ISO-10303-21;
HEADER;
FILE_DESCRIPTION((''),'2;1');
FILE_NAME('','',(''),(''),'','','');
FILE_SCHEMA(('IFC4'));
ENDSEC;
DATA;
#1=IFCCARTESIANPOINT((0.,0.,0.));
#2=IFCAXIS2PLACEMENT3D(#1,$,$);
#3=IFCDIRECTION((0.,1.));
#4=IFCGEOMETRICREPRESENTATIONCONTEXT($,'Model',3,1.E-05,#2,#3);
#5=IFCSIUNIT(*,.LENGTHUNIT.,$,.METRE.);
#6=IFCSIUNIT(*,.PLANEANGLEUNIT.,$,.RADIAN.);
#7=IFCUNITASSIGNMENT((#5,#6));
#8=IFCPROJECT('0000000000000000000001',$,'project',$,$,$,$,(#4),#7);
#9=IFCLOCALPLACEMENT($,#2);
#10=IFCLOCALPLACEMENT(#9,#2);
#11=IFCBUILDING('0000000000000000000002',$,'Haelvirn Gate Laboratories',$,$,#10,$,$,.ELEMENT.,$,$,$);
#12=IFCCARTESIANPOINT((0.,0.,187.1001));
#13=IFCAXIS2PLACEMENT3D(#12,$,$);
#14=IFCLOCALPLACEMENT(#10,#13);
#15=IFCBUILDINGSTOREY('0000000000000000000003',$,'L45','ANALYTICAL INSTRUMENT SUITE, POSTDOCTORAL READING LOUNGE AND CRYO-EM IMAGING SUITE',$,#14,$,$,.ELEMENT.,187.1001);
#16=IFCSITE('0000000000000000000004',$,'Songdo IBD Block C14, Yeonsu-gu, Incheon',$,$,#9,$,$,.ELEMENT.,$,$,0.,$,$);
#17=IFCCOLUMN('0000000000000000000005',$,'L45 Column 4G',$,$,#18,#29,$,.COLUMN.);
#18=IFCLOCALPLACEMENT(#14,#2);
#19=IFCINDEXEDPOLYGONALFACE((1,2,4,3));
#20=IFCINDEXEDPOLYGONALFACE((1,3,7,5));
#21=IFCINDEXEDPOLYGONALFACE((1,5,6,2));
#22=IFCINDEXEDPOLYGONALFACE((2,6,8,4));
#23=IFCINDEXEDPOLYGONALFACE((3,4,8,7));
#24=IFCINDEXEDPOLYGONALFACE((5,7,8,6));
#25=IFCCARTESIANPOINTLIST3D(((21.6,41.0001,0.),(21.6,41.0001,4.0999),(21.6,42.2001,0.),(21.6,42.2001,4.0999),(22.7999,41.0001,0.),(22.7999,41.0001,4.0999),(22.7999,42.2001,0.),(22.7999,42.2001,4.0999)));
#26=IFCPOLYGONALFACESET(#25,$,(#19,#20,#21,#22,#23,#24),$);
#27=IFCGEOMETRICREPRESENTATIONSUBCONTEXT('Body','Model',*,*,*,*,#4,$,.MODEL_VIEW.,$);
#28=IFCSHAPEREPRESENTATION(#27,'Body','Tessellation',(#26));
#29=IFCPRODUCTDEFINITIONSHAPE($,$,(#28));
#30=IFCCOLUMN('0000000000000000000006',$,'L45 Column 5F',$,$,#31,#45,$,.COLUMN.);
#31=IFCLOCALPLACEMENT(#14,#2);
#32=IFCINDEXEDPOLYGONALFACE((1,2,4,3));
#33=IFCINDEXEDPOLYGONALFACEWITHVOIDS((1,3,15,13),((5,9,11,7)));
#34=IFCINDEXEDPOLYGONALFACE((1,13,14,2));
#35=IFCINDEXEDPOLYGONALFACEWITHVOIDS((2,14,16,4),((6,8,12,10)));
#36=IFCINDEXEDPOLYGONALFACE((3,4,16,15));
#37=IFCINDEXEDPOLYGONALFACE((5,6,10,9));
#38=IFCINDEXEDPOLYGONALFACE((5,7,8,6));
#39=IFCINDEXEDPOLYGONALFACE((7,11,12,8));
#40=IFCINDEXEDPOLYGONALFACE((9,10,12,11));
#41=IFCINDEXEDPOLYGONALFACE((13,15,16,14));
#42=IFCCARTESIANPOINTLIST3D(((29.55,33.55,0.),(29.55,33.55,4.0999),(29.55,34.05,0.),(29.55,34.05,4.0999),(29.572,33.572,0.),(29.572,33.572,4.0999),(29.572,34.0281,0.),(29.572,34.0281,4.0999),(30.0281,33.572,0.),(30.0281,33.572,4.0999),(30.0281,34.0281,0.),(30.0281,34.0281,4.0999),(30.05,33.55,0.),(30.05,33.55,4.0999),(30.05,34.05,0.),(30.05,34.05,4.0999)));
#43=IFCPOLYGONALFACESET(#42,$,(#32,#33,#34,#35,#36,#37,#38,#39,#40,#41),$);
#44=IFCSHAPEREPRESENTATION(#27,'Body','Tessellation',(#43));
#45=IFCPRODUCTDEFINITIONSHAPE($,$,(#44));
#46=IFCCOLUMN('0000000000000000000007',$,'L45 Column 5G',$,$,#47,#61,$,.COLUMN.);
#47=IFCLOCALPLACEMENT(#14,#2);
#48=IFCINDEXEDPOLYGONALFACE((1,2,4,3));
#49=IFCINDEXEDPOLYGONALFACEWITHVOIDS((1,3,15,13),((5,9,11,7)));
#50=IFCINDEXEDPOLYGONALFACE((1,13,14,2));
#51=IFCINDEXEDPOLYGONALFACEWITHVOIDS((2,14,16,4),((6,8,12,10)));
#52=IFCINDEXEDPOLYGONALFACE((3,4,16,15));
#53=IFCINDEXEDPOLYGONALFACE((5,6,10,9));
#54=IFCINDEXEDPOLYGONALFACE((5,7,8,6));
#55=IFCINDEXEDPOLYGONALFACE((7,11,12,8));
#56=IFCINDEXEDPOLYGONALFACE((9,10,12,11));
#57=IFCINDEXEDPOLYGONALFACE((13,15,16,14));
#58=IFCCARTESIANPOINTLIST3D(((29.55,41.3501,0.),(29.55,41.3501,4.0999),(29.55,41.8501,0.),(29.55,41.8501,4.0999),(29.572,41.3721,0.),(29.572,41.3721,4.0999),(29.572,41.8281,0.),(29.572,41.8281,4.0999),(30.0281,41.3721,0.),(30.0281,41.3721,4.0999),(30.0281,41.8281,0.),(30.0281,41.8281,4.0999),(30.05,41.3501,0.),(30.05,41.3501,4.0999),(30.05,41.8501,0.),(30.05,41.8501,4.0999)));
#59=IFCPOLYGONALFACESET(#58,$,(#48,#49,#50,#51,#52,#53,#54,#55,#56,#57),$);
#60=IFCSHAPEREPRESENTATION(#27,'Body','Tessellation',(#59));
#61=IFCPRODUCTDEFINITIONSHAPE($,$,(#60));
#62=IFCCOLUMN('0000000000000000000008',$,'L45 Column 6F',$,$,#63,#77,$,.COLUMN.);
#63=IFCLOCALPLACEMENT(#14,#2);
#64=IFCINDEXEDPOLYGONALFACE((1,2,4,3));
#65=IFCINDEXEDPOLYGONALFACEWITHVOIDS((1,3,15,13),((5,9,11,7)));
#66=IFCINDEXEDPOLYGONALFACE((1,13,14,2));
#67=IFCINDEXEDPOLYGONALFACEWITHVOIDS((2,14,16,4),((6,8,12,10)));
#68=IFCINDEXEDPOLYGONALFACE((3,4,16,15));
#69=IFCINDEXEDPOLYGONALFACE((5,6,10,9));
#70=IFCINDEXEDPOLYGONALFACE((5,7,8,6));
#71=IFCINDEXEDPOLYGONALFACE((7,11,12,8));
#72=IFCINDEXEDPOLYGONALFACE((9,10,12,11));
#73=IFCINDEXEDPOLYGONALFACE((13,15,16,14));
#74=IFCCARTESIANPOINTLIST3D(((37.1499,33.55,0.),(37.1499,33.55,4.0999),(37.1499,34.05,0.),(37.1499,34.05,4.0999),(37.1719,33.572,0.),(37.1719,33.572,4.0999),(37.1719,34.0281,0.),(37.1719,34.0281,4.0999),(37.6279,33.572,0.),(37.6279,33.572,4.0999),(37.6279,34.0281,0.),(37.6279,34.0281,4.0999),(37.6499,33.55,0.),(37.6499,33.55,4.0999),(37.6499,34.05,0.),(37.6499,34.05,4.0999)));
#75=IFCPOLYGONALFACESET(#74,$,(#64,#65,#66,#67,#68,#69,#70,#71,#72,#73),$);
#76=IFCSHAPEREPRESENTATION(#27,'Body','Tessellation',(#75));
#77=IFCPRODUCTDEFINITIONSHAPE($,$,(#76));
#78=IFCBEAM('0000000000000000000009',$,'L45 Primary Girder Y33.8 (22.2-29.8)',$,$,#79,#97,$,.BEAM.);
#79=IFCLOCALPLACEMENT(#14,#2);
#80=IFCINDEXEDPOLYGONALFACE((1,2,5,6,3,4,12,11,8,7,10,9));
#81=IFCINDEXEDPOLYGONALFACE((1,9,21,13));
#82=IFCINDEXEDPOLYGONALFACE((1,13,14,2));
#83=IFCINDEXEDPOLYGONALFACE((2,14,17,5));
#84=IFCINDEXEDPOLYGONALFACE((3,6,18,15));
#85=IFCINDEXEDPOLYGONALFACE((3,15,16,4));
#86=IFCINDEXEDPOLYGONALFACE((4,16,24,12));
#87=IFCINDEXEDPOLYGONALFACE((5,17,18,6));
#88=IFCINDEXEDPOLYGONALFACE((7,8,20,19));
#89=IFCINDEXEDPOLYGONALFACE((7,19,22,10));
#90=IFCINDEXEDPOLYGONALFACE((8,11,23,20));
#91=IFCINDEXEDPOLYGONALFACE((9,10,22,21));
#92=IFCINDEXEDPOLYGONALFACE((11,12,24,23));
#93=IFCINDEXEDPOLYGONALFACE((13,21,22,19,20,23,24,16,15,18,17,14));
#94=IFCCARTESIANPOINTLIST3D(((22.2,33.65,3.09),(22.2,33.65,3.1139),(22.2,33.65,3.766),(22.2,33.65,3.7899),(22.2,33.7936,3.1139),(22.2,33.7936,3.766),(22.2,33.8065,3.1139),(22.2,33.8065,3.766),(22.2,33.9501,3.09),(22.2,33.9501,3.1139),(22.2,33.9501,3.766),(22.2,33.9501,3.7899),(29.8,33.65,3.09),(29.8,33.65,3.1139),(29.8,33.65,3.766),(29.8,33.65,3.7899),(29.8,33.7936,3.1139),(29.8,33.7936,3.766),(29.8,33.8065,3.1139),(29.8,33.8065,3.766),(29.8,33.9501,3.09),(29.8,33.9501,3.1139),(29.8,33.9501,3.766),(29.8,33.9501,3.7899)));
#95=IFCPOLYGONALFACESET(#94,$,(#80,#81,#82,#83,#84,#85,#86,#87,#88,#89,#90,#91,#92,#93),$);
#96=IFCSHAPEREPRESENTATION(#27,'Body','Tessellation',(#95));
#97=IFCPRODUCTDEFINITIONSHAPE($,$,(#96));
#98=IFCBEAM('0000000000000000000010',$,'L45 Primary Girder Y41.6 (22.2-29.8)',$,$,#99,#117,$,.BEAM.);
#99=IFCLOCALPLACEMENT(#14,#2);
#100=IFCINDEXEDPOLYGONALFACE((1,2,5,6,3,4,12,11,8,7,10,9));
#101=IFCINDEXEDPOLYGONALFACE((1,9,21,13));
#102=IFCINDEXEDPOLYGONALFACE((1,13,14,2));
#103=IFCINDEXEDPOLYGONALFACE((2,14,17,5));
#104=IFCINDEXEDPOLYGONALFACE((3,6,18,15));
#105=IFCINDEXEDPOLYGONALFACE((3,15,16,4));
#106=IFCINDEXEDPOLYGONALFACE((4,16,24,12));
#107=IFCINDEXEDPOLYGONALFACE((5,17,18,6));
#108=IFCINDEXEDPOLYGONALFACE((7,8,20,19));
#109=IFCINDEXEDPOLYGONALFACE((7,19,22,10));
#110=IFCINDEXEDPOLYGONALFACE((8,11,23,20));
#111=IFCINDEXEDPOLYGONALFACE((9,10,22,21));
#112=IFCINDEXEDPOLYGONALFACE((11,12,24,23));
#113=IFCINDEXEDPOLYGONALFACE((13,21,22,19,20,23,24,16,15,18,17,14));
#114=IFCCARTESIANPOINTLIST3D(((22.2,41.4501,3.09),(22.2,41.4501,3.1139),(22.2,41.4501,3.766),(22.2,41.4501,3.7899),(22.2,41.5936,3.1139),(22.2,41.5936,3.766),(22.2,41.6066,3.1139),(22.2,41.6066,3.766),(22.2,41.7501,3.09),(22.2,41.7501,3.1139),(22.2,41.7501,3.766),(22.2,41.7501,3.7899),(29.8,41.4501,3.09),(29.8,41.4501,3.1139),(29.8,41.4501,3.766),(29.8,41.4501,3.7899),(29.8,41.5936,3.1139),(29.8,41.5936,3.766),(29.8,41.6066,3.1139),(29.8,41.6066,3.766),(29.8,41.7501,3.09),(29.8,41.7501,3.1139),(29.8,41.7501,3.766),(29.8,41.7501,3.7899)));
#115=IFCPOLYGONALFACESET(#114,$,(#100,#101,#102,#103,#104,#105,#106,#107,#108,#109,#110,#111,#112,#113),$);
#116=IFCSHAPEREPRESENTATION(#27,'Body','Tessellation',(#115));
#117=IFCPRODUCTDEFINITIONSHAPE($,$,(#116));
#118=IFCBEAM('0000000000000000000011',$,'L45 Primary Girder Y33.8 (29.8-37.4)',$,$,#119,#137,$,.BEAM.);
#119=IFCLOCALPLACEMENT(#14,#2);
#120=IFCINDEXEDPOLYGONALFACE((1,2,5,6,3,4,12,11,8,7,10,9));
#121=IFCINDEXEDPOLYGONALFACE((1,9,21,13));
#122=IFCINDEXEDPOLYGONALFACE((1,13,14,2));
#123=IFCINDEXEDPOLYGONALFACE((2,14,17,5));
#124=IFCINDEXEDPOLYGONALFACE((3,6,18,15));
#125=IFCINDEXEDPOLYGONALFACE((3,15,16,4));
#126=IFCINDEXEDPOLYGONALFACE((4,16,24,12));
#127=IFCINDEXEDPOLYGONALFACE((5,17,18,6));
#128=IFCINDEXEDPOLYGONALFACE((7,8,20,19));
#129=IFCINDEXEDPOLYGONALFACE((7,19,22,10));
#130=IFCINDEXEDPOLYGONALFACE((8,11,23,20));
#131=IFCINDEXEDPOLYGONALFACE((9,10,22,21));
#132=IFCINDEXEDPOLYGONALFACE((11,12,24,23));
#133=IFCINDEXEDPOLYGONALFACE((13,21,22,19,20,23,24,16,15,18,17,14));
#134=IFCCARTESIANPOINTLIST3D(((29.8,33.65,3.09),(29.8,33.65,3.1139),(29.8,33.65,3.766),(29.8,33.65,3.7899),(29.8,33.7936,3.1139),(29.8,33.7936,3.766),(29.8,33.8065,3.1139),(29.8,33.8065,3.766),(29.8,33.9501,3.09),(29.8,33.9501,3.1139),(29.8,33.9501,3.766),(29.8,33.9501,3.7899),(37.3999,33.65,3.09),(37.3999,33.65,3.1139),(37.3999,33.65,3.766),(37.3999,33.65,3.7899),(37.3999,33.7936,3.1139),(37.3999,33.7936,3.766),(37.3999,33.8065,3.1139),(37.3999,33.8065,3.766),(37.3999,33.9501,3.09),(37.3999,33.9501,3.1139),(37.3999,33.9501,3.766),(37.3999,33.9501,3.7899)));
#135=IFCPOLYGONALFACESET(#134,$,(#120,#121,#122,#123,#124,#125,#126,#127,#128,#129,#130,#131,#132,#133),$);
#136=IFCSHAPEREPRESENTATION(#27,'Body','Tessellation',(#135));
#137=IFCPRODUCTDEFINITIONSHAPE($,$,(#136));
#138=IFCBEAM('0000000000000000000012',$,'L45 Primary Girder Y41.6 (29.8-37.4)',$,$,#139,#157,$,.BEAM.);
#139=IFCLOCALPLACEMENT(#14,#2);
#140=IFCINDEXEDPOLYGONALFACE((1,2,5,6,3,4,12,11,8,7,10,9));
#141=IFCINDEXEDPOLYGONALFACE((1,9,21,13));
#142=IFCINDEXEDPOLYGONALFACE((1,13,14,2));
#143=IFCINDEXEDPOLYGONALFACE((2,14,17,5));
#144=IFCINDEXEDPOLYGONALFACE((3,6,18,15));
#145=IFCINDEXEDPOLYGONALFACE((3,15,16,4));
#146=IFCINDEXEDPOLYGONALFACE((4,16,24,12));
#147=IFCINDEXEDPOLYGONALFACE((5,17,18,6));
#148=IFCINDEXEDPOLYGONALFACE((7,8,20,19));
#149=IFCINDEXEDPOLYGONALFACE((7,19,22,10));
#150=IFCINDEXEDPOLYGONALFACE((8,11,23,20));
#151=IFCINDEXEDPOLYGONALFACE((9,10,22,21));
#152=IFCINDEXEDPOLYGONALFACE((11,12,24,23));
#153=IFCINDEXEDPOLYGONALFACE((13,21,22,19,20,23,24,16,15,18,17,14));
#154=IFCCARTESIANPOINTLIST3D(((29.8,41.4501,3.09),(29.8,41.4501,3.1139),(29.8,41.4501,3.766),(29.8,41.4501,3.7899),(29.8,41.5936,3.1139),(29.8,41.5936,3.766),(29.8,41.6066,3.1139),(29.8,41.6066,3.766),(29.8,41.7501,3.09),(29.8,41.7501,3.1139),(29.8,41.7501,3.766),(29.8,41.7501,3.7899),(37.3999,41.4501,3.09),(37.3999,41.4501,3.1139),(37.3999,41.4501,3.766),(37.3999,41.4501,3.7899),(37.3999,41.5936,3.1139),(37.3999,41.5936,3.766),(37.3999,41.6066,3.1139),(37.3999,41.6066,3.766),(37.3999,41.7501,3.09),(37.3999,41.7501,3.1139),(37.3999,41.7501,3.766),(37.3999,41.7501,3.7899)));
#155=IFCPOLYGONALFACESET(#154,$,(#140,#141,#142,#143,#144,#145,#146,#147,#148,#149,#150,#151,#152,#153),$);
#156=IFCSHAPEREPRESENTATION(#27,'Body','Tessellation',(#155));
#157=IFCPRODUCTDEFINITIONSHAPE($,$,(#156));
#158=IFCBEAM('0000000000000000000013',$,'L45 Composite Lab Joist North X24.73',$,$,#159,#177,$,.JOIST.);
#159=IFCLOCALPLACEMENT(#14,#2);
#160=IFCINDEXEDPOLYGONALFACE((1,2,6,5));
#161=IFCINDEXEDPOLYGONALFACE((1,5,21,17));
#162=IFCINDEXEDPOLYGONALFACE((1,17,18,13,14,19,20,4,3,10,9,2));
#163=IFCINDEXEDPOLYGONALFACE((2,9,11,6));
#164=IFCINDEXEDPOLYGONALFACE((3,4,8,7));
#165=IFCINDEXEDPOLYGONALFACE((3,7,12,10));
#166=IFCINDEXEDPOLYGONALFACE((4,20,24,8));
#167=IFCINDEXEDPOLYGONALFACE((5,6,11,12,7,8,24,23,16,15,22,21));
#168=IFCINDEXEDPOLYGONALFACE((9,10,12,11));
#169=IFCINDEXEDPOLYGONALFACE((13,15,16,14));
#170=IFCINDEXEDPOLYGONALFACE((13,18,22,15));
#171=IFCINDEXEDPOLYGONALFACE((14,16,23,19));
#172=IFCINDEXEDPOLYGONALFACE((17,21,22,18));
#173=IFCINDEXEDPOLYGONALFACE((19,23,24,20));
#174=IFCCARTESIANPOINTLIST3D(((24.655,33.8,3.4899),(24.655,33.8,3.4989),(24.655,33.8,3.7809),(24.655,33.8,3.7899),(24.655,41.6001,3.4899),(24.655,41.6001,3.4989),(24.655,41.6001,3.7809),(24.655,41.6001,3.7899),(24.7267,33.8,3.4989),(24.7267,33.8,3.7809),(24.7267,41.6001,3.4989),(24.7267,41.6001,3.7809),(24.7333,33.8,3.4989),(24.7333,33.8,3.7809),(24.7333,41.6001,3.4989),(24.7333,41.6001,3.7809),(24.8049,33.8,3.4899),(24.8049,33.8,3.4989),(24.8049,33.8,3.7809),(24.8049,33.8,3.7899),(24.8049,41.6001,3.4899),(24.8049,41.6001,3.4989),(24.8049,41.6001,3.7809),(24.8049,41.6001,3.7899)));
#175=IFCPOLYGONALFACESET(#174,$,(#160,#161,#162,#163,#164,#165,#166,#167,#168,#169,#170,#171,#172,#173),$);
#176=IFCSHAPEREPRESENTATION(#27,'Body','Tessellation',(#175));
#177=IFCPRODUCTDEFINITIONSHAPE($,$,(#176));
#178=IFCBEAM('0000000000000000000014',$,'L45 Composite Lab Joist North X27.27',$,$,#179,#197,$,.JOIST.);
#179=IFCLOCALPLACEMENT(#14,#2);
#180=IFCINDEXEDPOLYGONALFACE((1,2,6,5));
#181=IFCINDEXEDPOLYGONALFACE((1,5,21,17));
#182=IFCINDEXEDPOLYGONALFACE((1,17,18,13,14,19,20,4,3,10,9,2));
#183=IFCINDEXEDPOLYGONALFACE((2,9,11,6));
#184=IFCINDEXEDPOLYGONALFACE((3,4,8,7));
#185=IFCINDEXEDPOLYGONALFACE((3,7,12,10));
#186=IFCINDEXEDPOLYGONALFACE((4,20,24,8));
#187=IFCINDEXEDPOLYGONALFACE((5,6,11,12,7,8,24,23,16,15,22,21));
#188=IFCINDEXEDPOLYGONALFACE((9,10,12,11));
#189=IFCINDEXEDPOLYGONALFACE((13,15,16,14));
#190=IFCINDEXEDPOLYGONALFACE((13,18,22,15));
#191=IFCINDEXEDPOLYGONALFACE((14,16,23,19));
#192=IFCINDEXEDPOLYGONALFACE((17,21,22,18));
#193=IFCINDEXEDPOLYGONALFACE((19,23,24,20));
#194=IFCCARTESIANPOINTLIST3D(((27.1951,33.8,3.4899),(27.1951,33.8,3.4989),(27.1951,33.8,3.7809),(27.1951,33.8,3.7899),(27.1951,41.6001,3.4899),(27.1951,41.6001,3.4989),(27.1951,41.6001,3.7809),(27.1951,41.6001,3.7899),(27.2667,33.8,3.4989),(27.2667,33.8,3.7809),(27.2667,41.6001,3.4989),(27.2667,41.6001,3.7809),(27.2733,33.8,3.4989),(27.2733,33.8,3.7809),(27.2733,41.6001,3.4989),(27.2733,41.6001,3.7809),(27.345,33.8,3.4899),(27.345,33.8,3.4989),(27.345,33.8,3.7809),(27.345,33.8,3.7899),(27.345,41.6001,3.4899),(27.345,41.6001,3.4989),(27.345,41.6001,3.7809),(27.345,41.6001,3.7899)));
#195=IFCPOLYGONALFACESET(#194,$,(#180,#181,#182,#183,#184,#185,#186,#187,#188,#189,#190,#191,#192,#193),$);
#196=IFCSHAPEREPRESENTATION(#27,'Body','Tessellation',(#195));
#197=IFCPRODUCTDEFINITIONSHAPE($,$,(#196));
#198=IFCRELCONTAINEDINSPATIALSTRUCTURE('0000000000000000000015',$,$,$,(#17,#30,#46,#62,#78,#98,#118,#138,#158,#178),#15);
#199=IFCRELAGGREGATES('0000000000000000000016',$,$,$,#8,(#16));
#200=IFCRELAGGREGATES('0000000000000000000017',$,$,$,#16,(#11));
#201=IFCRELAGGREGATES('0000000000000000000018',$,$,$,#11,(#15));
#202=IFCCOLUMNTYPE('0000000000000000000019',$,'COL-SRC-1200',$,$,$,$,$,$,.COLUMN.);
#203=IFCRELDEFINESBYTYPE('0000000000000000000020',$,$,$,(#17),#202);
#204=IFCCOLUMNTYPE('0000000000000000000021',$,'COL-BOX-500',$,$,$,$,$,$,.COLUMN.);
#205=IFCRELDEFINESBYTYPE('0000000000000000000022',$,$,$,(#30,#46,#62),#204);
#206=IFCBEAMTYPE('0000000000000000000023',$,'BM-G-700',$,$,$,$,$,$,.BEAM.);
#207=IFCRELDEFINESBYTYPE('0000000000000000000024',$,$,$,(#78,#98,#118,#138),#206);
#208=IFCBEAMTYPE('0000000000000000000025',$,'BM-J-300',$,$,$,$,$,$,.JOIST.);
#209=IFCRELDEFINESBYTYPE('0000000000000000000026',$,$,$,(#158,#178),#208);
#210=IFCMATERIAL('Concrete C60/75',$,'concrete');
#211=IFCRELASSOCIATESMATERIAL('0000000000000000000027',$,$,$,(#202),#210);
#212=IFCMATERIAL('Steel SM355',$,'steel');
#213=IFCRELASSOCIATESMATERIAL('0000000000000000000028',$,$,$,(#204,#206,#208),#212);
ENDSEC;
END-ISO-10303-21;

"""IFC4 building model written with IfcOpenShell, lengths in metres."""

from ifc_helpers import new_model, si_unit, direction, frame, origin, origin_2d, place, context, subcontext, project, spatial, rectangle, hollow_rectangle, i_section, extrude, source, transform, mapped, material, material_profile, profile_set, type_object, type_shapes, element, save


model = new_model("IFC4")

# Units and contexts
model_context = context("Model", 3, precision=1e-05, world=origin(), true_north=direction((0.0, 1.0)))
body_context = subcontext(model_context, "Body", "Model", "MODEL_VIEW")
ifc_project = project(units=[si_unit("LENGTHUNIT", "METRE"), si_unit("PLANEANGLEUNIT", "RADIAN")], contexts=[model_context])

# Site, building, storey
site_placement = place(None, origin())
site = spatial("IfcSite", under=ifc_project, at=site_placement, Name="Songdo IBD Block C14, Yeonsu-gu, Incheon", CompositionType="ELEMENT", RefElevation=0.0)
building_placement = place(site_placement, origin())
building = spatial("IfcBuilding", under=site, at=building_placement, Name="Haelvirn Gate Laboratories", CompositionType="ELEMENT")
storey_placement = place(building_placement, frame((0.0, 0.0, 187.1001)))
storey = spatial("IfcBuildingStorey", under=building, at=storey_placement, Name="L45", Description="ANALYTICAL INSTRUMENT SUITE, POSTDOCTORAL READING LOUNGE AND CRYO-EM IMAGING SUITE", CompositionType="ELEMENT", Elevation=187.1001)

# Columns
ifc_material_1 = material(Name="Concrete C60/75", Category="concrete")
ifc_material_profile_1 = material_profile(ifc_material_1, rectangle(XDim=1.2, YDim=1.2, at=origin_2d()), Name="SRC-1200x1200")
ifc_profile_set_1 = profile_set([ifc_material_profile_1], Name="Concrete C60/75")
column_type_1 = type_object("IfcColumnType", Name="COL-SRC-1200", PredefinedType="COLUMN", material=ifc_profile_set_1)
shared_shape_1 = source(origin(), body_context, "Body", "SweptSolid", [
    extrude(rectangle(XDim=1.2, YDim=1.2, at=origin_2d()), origin(), (0.0, 0.0, 1.0), 4.0999),
])
type_shapes(column_type_1, [shared_shape_1])
column_placement = place(storey_placement, frame((22.2, 41.6001, 0.0), z_axis=(0.0, 0.0, 1.0), x_axis=(1.0, 0.0, 0.0)))
element("IfcColumn", 1, at=column_placement, inside=storey, type_object=column_type_1, Name="L45 Column 4G", PredefinedType="COLUMN", context=body_context, shape_type="MappedRepresentation", body=[
    mapped(shared_shape_1, transform((0.0, 0.0, 0.0), scale=1.0)),
])
ifc_material_2 = material(Name="Steel SM355", Category="steel")
ifc_material_profile_2 = material_profile(ifc_material_2, hollow_rectangle(XDim=0.5, YDim=0.5, WallThickness=0.022, at=origin_2d()), Name="BOX-500x500x22")
ifc_profile_set_2 = profile_set([ifc_material_profile_2], Name="Steel SM355")
column_type_2 = type_object("IfcColumnType", Name="COL-BOX-500", PredefinedType="COLUMN", material=ifc_profile_set_2)
shared_shape_2 = source(origin(), body_context, "Body", "SweptSolid", [
    extrude(hollow_rectangle(XDim=0.5, YDim=0.5, WallThickness=0.022, at=origin_2d()), origin(), (0.0, 0.0, 1.0), 4.0999),
])
type_shapes(column_type_2, [shared_shape_2])
for number, where, z_axis, x_axis, name in (
    (2, (29.8, 33.8, 0.0), (0.0, 0.0, 1.0), (1.0, 0.0, 0.0), "L45 Column 5F"),
    (3, (29.8, 41.6001, 0.0), (0.0, 0.0, 1.0), (1.0, 0.0, 0.0), "L45 Column 5G"),
    (4, (37.3999, 33.8, 0.0), (0.0, 0.0, 1.0), (1.0, 0.0, 0.0), "L45 Column 6F"),
):
    element("IfcColumn", number, at=place(storey_placement, frame(where, z_axis=z_axis, x_axis=x_axis)), inside=storey, type_object=column_type_2, Name=name, PredefinedType="COLUMN", context=body_context, shape_type="MappedRepresentation", body=[
        mapped(shared_shape_2, transform((0.0, 0.0, 0.0), scale=1.0)),
    ])

# Beams
ifc_material_profile_3 = material_profile(ifc_material_2, i_section(OverallWidth=0.3, OverallDepth=0.7, WebThickness=0.0129, FlangeThickness=0.0239, at=origin_2d()), Name="H-700x300x13x24")
ifc_profile_set_3 = profile_set([ifc_material_profile_3], Name="Steel SM355")
beam_type_1 = type_object("IfcBeamType", Name="BM-G-700", PredefinedType="BEAM", material=ifc_profile_set_3)
shared_shape_3 = source(origin(), body_context, "Body", "SweptSolid", [
    extrude(i_section(OverallWidth=0.3, OverallDepth=0.7, WebThickness=0.0129, FlangeThickness=0.0239, at=origin_2d()), origin(), (0.0, 0.0, 1.0), 7.6001),
])
for number, where, z_axis, x_axis, name in (
    (5, (22.2, 33.8, 3.4399), (1.0, 0.0, 0.0), (0.0, 1.0, 0.0), "L45 Primary Girder Y33.8 (22.2-29.8)"),
    (6, (22.2, 41.6001, 3.4399), (1.0, 0.0, 0.0), (0.0, 1.0, 0.0), "L45 Primary Girder Y41.6 (22.2-29.8)"),
):
    element("IfcBeam", number, at=place(storey_placement, frame(where, z_axis=z_axis, x_axis=x_axis)), inside=storey, type_object=beam_type_1, Name=name, PredefinedType="BEAM", context=body_context, shape_type="MappedRepresentation", body=[
        mapped(shared_shape_3, transform((0.0, 0.0, 0.0), scale=1.0)),
    ])
shared_shape_4 = source(origin(), body_context, "Body", "SweptSolid", [
    extrude(i_section(OverallWidth=0.3, OverallDepth=0.7, WebThickness=0.0129, FlangeThickness=0.0239, at=origin_2d()), origin(), (0.0, 0.0, 1.0), 7.5999),
])
type_shapes(beam_type_1, [shared_shape_3, shared_shape_4])
for number, where, z_axis, x_axis, name in (
    (7, (29.8, 33.8, 3.4399), (1.0, 0.0, 0.0), (0.0, 1.0, 0.0), "L45 Primary Girder Y33.8 (29.8-37.4)"),
    (8, (29.8, 41.6001, 3.4399), (1.0, 0.0, 0.0), (0.0, 1.0, 0.0), "L45 Primary Girder Y41.6 (29.8-37.4)"),
):
    element("IfcBeam", number, at=place(storey_placement, frame(where, z_axis=z_axis, x_axis=x_axis)), inside=storey, type_object=beam_type_1, Name=name, PredefinedType="BEAM", context=body_context, shape_type="MappedRepresentation", body=[
        mapped(shared_shape_4, transform((0.0, 0.0, 0.0), scale=1.0)),
    ])
ifc_material_profile_4 = material_profile(ifc_material_2, i_section(OverallWidth=0.1499, OverallDepth=0.3, WebThickness=0.0066, FlangeThickness=0.009, at=origin_2d()), Name="H-300x150x6.5x9")
ifc_profile_set_4 = profile_set([ifc_material_profile_4], Name="Steel SM355")
beam_type_2 = type_object("IfcBeamType", Name="BM-J-300", PredefinedType="JOIST", material=ifc_profile_set_4)
shared_shape_5 = source(origin(), body_context, "Body", "SweptSolid", [
    extrude(i_section(OverallWidth=0.1499, OverallDepth=0.3, WebThickness=0.0066, FlangeThickness=0.009, at=origin_2d()), origin(), (0.0, 0.0, 1.0), 7.8),
])
type_shapes(beam_type_2, [shared_shape_5])
for number, where, z_axis, x_axis, name in (
    (9, (24.73, 33.8, 3.6399), (0.0, 1.0, 0.0), (-1.0, 0.0, 0.0), "L45 Composite Lab Joist North X24.73"),
    (10, (27.27, 33.8, 3.6399), (0.0, 1.0, 0.0), (-1.0, 0.0, 0.0), "L45 Composite Lab Joist North X27.27"),
):
    element("IfcBeam", number, at=place(storey_placement, frame(where, z_axis=z_axis, x_axis=x_axis)), inside=storey, type_object=beam_type_2, Name=name, PredefinedType="JOIST", context=body_context, shape_type="MappedRepresentation", body=[
        mapped(shared_shape_5, transform((0.0, 0.0, 0.0), scale=1.0)),
    ])

save(model, "model.ifc")
